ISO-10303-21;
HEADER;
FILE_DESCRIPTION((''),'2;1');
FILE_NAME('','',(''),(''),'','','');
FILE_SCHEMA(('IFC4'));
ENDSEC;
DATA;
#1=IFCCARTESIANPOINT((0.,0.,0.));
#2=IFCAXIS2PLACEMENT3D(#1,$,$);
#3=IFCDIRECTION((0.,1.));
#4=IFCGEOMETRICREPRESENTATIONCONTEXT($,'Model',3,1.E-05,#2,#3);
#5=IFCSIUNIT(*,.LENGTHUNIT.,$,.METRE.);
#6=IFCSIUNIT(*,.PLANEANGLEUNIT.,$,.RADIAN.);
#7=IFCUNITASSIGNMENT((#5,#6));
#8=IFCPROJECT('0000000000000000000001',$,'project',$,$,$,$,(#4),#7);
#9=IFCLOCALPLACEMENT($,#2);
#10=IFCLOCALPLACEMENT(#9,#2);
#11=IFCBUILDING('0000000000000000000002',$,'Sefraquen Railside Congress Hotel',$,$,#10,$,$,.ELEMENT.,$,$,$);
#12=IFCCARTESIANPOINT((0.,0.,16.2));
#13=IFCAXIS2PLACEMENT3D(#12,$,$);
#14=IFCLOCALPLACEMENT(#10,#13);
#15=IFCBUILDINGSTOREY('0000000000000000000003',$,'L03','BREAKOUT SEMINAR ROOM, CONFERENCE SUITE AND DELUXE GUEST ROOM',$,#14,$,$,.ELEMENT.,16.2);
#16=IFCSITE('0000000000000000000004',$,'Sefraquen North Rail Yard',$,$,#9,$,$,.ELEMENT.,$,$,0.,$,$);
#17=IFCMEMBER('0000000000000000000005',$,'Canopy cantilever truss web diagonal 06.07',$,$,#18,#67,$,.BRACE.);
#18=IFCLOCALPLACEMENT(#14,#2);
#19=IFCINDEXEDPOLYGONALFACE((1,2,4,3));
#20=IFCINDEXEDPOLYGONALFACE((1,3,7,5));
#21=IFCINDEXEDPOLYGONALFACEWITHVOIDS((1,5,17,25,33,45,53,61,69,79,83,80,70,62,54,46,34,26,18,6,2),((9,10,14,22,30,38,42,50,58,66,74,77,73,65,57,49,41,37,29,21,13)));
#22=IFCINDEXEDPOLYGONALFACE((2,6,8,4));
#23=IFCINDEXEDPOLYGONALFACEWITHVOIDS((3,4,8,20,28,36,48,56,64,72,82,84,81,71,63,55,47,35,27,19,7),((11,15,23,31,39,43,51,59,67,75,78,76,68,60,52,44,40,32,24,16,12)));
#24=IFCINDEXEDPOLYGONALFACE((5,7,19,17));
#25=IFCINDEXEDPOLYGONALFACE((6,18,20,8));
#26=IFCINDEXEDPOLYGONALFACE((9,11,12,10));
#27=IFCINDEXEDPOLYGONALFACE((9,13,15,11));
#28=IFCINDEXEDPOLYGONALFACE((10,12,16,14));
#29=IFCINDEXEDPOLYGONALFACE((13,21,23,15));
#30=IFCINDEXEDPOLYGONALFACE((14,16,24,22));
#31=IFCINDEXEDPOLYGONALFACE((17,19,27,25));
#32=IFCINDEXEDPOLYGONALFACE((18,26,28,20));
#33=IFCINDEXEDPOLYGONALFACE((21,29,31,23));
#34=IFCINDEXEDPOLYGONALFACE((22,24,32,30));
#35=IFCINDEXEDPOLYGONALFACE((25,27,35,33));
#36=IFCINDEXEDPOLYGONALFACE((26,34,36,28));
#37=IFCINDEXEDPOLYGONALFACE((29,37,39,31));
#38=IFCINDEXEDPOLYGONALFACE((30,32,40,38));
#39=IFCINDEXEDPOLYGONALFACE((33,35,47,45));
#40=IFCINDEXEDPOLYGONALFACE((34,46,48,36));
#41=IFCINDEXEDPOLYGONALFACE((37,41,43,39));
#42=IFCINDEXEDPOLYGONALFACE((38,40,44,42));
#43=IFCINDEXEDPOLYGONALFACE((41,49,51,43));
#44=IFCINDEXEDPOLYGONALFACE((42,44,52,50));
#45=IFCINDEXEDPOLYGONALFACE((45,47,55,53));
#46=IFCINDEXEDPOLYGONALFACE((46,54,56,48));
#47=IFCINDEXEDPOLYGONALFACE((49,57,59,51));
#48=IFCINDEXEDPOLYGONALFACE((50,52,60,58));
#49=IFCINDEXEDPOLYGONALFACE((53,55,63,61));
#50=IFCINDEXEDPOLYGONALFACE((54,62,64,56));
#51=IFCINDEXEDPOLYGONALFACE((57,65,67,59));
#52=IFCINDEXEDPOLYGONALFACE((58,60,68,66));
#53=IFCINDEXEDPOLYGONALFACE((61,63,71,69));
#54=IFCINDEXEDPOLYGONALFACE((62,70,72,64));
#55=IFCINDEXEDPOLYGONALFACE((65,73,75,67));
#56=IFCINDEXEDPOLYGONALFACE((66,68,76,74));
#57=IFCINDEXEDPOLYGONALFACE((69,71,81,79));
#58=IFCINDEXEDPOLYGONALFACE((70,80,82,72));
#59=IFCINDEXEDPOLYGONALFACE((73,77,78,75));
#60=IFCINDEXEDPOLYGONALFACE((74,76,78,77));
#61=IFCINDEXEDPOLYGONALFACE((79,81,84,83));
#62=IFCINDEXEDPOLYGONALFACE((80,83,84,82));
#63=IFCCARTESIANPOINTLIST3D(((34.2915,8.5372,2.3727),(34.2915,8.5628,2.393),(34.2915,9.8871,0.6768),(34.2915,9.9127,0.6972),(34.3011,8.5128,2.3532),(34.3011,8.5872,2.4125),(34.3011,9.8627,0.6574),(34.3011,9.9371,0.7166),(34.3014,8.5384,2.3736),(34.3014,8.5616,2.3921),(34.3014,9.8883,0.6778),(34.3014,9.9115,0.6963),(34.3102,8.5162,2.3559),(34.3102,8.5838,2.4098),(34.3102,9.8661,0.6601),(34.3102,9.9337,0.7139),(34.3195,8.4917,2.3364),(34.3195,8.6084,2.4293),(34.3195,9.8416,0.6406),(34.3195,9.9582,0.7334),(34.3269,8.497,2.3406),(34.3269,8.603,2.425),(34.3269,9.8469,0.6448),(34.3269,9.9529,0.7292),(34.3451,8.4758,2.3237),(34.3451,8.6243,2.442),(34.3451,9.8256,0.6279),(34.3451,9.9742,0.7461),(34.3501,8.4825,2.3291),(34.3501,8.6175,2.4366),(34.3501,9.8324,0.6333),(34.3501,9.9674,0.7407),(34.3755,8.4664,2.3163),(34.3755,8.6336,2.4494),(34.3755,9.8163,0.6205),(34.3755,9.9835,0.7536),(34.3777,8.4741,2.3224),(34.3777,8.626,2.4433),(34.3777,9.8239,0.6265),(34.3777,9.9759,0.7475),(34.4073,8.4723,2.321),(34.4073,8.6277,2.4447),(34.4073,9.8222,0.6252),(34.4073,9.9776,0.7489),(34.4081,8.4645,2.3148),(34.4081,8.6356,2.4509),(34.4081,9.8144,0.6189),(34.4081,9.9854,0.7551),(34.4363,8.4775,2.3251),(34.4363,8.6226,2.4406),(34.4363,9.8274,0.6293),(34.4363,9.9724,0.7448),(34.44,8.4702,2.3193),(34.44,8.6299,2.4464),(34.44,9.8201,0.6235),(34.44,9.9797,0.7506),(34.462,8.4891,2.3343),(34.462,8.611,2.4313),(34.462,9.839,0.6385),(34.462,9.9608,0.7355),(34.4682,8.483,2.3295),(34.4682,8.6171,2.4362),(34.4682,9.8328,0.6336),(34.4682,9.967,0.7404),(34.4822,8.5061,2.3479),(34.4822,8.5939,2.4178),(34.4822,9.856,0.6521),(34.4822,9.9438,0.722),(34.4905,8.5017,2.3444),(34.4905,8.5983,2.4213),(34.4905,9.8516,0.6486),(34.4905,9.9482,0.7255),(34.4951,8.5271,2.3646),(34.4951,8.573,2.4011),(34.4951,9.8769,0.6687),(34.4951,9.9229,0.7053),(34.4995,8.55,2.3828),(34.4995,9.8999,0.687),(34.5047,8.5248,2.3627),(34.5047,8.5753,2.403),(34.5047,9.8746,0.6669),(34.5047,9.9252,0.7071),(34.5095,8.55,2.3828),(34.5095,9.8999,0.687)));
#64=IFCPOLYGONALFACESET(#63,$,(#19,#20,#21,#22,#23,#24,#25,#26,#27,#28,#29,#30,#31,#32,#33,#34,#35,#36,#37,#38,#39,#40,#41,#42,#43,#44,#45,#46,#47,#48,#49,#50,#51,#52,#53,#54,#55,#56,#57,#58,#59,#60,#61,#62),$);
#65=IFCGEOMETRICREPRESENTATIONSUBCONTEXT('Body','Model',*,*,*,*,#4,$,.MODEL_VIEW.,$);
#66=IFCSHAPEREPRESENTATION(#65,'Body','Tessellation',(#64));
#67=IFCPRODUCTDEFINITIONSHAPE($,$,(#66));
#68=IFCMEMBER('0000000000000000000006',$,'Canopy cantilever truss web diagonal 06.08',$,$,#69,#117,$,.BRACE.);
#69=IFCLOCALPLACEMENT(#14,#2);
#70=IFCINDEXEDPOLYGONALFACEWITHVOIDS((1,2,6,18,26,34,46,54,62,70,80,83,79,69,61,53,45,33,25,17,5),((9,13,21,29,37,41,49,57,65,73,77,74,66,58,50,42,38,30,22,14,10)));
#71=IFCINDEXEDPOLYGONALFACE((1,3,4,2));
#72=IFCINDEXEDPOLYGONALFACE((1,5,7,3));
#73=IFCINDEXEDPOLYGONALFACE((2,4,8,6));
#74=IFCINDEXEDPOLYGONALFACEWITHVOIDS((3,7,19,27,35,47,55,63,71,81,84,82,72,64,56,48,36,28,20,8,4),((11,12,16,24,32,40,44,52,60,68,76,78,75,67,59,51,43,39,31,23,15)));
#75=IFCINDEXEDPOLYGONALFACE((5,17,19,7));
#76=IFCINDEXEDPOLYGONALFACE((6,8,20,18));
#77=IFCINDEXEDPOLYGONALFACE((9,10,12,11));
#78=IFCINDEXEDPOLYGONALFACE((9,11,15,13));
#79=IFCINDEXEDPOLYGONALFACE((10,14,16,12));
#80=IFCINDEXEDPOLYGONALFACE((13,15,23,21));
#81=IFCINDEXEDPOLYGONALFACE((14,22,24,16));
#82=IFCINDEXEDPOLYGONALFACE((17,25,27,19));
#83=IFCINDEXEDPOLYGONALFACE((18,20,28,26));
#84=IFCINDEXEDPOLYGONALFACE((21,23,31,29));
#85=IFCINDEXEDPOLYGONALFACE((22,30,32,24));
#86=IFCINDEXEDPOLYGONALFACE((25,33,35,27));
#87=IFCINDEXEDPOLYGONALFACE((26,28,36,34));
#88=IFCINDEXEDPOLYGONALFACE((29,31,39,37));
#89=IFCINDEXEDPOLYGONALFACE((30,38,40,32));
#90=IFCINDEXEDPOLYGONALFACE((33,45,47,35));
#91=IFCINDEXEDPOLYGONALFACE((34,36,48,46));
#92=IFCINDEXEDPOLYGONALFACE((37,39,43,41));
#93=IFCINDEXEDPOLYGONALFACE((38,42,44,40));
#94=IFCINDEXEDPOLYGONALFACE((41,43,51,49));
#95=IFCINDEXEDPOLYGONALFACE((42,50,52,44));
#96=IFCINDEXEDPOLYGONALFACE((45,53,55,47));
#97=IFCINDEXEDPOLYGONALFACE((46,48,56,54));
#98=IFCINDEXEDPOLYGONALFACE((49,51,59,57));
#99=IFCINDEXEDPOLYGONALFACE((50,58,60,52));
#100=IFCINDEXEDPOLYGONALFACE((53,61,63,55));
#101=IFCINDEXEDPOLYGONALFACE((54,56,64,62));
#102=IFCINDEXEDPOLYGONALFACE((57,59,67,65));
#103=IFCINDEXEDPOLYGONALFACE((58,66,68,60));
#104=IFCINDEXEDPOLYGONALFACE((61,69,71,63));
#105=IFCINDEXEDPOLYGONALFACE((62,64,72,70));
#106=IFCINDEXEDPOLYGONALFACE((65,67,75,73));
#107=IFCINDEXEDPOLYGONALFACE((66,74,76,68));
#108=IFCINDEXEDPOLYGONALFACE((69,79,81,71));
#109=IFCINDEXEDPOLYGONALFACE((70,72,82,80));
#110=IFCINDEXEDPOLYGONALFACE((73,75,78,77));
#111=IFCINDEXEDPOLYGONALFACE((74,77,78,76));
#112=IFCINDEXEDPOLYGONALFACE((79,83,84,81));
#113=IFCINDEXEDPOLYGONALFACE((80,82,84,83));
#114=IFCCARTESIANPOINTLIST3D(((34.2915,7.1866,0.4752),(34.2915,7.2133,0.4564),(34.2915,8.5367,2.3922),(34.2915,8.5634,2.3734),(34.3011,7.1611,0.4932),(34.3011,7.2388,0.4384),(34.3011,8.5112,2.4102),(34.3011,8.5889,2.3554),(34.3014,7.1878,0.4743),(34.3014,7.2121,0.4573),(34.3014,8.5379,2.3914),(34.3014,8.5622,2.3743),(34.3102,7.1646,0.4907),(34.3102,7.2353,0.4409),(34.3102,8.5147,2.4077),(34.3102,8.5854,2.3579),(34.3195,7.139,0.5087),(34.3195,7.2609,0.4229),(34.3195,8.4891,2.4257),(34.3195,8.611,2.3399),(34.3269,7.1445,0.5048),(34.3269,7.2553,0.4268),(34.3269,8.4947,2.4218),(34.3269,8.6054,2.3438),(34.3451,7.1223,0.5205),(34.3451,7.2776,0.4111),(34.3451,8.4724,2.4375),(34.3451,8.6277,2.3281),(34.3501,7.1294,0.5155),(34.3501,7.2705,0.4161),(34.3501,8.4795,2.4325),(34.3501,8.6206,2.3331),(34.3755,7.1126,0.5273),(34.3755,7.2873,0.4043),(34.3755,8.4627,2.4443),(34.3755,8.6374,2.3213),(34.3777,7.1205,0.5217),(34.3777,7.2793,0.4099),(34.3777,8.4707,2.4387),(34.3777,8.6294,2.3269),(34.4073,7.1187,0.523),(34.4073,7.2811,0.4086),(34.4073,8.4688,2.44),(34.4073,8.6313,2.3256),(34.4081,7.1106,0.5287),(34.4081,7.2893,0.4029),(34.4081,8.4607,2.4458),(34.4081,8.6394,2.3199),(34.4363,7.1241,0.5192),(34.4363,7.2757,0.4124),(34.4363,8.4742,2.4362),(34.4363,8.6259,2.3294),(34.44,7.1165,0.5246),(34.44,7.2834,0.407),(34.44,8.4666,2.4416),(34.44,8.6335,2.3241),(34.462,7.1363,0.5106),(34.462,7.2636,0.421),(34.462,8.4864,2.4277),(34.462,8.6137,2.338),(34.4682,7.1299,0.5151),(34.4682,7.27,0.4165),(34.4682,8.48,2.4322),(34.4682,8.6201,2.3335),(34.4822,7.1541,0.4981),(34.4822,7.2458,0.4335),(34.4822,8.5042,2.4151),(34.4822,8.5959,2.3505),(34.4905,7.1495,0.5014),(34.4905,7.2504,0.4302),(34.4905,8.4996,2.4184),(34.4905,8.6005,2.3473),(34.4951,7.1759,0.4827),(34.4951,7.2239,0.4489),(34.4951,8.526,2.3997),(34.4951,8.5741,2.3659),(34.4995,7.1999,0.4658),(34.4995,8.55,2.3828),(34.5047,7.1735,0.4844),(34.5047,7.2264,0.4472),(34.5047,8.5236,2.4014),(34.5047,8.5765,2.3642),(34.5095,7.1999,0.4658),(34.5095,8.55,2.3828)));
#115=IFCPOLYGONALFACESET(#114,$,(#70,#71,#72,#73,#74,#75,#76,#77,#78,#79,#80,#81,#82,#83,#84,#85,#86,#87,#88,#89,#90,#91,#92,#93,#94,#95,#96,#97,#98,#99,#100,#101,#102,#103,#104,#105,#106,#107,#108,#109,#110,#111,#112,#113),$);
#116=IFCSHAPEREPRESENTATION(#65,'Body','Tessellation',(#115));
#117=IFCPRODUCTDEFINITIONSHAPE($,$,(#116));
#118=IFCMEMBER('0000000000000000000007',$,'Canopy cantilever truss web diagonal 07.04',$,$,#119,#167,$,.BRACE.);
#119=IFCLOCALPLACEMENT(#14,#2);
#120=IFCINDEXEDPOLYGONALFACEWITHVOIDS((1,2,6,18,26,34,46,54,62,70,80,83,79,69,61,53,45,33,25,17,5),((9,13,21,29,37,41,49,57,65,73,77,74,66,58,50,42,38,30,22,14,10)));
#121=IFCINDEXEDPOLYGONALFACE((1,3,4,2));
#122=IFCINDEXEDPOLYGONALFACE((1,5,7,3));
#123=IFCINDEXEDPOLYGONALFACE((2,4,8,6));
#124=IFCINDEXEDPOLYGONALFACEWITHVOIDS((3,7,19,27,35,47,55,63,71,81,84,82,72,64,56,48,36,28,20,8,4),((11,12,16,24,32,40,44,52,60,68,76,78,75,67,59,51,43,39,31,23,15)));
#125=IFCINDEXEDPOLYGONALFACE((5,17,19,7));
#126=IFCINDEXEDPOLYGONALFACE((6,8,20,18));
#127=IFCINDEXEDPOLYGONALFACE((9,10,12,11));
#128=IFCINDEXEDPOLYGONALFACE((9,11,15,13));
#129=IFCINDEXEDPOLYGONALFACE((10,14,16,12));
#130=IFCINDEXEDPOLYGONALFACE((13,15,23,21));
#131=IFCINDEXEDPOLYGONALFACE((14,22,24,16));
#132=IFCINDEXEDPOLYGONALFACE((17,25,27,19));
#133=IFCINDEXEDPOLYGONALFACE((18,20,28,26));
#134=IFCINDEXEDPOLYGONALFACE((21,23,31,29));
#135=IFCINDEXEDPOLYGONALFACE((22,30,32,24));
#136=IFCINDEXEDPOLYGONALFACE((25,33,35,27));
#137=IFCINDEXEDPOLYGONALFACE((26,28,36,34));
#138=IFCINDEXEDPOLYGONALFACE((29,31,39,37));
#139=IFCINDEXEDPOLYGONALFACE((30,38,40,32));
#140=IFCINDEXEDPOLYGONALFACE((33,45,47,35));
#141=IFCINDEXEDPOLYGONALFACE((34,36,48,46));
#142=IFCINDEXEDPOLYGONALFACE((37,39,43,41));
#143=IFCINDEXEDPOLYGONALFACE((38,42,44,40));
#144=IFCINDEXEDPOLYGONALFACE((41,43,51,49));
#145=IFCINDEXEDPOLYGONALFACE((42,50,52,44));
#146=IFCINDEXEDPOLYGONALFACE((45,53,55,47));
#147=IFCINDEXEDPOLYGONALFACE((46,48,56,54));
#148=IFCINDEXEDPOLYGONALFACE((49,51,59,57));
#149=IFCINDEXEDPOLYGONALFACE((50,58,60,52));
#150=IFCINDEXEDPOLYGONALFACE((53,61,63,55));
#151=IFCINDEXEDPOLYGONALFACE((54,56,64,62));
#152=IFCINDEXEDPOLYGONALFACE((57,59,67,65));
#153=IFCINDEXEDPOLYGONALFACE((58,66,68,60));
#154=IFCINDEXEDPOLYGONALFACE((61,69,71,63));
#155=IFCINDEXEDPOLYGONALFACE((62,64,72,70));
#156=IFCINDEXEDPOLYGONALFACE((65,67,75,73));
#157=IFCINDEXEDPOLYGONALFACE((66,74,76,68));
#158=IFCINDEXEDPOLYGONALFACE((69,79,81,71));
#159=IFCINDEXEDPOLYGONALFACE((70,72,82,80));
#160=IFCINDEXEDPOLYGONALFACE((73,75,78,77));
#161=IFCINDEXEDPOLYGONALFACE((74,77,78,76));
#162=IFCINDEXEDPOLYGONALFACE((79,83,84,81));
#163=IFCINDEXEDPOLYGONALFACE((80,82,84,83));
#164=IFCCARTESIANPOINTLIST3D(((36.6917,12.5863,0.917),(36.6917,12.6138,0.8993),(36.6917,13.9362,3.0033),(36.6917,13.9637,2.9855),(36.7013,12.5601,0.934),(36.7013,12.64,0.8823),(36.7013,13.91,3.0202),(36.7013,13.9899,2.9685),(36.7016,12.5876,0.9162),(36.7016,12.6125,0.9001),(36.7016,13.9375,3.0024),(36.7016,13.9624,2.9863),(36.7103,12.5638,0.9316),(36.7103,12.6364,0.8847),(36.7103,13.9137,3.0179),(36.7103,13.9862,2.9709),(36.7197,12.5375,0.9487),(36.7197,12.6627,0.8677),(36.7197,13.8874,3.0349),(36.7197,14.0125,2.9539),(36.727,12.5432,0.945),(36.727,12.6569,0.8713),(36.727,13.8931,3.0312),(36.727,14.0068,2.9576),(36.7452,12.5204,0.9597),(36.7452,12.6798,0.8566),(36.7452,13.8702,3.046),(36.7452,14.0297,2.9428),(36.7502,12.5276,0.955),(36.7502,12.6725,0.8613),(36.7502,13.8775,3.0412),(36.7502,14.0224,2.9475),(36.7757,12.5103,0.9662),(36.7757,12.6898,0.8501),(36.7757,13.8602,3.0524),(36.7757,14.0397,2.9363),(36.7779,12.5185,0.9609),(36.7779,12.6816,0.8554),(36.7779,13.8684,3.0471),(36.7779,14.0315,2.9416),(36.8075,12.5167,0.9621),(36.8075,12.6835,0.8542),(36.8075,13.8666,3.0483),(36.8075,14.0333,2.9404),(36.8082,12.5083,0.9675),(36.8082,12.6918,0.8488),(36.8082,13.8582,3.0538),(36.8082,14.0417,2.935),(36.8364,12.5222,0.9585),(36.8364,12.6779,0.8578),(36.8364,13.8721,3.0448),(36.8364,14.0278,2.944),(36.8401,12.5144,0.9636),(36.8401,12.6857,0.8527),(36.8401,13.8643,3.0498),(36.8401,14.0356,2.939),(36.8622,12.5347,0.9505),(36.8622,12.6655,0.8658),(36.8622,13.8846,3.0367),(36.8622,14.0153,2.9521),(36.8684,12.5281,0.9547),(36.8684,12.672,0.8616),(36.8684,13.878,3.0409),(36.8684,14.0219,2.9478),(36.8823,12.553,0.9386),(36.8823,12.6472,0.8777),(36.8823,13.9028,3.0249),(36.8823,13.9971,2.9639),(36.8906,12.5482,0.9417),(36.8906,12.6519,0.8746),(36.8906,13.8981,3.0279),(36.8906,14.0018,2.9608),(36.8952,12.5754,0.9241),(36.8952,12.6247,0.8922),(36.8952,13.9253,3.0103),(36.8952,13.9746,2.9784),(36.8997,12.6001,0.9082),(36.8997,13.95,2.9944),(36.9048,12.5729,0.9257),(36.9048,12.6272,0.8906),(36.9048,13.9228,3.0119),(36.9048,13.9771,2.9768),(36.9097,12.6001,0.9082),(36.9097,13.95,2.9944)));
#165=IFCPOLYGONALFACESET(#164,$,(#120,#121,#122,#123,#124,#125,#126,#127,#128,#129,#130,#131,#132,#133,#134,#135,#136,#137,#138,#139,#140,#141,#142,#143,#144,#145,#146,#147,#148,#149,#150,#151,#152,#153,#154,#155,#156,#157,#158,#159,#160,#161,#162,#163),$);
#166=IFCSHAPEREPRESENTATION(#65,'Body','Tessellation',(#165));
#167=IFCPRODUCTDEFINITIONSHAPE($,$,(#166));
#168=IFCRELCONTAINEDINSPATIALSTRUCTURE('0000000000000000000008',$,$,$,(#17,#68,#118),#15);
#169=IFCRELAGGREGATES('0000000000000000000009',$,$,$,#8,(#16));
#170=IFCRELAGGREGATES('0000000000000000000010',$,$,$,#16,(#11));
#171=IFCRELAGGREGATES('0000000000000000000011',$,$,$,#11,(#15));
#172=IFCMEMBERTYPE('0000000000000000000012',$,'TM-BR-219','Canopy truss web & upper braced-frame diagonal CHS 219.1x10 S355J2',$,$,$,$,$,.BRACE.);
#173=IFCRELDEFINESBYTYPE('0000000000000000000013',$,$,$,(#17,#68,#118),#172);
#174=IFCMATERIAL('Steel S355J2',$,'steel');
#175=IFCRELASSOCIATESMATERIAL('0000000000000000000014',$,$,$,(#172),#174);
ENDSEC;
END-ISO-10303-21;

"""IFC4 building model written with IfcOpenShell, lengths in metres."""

from ifc_helpers import new_model, si_unit, direction, frame, origin, origin_2d, place, context, subcontext, project, spatial, hollow_circle, extrude, material, material_profile, profile_set, type_object, element, save


model = new_model("IFC4")

# Units and contexts
model_context = context("Model", 3, precision=1e-05, world=origin(), true_north=direction((0.0, 1.0)))
body_context = subcontext(model_context, "Body", "Model", "MODEL_VIEW")
ifc_project = project(units=[si_unit("LENGTHUNIT", "METRE"), si_unit("PLANEANGLEUNIT", "RADIAN")], contexts=[model_context])

# Site, building, storey
site_placement = place(None, origin())
site = spatial("IfcSite", under=ifc_project, at=site_placement, Name="Sefraquen North Rail Yard", CompositionType="ELEMENT", RefElevation=0.0)
building_placement = place(site_placement, origin())
building = spatial("IfcBuilding", under=site, at=building_placement, Name="Sefraquen Railside Congress Hotel", CompositionType="ELEMENT")
storey_placement = place(building_placement, frame((0.0, 0.0, 16.2)))
storey = spatial("IfcBuildingStorey", under=building, at=storey_placement, Name="L03", Description="BREAKOUT SEMINAR ROOM, CONFERENCE SUITE AND DELUXE GUEST ROOM", CompositionType="ELEMENT", Elevation=16.2)

# Members
ifc_material = material(Name="Steel S355J2", Category="steel")
ifc_material_profile = material_profile(ifc_material, hollow_circle(Radius=0.1096, WallThickness=0.01, at=origin_2d()), Name="CHS 219.1x10")
ifc_profile_set = profile_set([ifc_material_profile], Name="Steel S355J2")
member_type = type_object("IfcMemberType", Name="TM-BR-219", Description="Canopy truss web & upper braced-frame diagonal CHS 219.1x10 S355J2", PredefinedType="BRACE", material=ifc_profile_set)
member_1_placement = place(storey_placement, frame((34.3999, 9.8999, 0.687), z_axis=(0.0, -0.622784, 0.782394), x_axis=(1.0, 0.0, 0.0)))
element("IfcMember", 1, at=member_1_placement, inside=storey, type_object=member_type, Name="Canopy cantilever truss web diagonal 06.07", PredefinedType="BRACE", context=body_context, shape_type="SweptSolid", body=[
    extrude(hollow_circle(Radius=0.1096, WallThickness=0.01, at=origin_2d()), origin(), (0.0, 0.0, 1.0), 2.1675),
])
member_2_placement = place(storey_placement, frame((34.3999, 8.55, 2.3828), z_axis=(0.0, -0.575808, -0.817585), x_axis=(1.0, 0.0, 0.0)))
element("IfcMember", 2, at=member_2_placement, inside=storey, type_object=member_type, Name="Canopy cantilever truss web diagonal 06.08", PredefinedType="BRACE", context=body_context, shape_type="SweptSolid", body=[
    extrude(hollow_circle(Radius=0.1096, WallThickness=0.01, at=origin_2d()), origin(), (0.0, 0.0, 1.0), 2.3447),
])
member_3_placement = place(storey_placement, frame((36.8, 13.95, 2.9944), z_axis=(0.0, -0.543243, -0.839575), x_axis=(1.0, 0.0, 0.0)))
element("IfcMember", 3, at=member_3_placement, inside=storey, type_object=member_type, Name="Canopy cantilever truss web diagonal 07.04", PredefinedType="BRACE", context=body_context, shape_type="SweptSolid", body=[
    extrude(hollow_circle(Radius=0.1096, WallThickness=0.01, at=origin_2d()), origin(), (0.0, 0.0, 1.0), 2.4849),
])

save(model, "model.ifc")
